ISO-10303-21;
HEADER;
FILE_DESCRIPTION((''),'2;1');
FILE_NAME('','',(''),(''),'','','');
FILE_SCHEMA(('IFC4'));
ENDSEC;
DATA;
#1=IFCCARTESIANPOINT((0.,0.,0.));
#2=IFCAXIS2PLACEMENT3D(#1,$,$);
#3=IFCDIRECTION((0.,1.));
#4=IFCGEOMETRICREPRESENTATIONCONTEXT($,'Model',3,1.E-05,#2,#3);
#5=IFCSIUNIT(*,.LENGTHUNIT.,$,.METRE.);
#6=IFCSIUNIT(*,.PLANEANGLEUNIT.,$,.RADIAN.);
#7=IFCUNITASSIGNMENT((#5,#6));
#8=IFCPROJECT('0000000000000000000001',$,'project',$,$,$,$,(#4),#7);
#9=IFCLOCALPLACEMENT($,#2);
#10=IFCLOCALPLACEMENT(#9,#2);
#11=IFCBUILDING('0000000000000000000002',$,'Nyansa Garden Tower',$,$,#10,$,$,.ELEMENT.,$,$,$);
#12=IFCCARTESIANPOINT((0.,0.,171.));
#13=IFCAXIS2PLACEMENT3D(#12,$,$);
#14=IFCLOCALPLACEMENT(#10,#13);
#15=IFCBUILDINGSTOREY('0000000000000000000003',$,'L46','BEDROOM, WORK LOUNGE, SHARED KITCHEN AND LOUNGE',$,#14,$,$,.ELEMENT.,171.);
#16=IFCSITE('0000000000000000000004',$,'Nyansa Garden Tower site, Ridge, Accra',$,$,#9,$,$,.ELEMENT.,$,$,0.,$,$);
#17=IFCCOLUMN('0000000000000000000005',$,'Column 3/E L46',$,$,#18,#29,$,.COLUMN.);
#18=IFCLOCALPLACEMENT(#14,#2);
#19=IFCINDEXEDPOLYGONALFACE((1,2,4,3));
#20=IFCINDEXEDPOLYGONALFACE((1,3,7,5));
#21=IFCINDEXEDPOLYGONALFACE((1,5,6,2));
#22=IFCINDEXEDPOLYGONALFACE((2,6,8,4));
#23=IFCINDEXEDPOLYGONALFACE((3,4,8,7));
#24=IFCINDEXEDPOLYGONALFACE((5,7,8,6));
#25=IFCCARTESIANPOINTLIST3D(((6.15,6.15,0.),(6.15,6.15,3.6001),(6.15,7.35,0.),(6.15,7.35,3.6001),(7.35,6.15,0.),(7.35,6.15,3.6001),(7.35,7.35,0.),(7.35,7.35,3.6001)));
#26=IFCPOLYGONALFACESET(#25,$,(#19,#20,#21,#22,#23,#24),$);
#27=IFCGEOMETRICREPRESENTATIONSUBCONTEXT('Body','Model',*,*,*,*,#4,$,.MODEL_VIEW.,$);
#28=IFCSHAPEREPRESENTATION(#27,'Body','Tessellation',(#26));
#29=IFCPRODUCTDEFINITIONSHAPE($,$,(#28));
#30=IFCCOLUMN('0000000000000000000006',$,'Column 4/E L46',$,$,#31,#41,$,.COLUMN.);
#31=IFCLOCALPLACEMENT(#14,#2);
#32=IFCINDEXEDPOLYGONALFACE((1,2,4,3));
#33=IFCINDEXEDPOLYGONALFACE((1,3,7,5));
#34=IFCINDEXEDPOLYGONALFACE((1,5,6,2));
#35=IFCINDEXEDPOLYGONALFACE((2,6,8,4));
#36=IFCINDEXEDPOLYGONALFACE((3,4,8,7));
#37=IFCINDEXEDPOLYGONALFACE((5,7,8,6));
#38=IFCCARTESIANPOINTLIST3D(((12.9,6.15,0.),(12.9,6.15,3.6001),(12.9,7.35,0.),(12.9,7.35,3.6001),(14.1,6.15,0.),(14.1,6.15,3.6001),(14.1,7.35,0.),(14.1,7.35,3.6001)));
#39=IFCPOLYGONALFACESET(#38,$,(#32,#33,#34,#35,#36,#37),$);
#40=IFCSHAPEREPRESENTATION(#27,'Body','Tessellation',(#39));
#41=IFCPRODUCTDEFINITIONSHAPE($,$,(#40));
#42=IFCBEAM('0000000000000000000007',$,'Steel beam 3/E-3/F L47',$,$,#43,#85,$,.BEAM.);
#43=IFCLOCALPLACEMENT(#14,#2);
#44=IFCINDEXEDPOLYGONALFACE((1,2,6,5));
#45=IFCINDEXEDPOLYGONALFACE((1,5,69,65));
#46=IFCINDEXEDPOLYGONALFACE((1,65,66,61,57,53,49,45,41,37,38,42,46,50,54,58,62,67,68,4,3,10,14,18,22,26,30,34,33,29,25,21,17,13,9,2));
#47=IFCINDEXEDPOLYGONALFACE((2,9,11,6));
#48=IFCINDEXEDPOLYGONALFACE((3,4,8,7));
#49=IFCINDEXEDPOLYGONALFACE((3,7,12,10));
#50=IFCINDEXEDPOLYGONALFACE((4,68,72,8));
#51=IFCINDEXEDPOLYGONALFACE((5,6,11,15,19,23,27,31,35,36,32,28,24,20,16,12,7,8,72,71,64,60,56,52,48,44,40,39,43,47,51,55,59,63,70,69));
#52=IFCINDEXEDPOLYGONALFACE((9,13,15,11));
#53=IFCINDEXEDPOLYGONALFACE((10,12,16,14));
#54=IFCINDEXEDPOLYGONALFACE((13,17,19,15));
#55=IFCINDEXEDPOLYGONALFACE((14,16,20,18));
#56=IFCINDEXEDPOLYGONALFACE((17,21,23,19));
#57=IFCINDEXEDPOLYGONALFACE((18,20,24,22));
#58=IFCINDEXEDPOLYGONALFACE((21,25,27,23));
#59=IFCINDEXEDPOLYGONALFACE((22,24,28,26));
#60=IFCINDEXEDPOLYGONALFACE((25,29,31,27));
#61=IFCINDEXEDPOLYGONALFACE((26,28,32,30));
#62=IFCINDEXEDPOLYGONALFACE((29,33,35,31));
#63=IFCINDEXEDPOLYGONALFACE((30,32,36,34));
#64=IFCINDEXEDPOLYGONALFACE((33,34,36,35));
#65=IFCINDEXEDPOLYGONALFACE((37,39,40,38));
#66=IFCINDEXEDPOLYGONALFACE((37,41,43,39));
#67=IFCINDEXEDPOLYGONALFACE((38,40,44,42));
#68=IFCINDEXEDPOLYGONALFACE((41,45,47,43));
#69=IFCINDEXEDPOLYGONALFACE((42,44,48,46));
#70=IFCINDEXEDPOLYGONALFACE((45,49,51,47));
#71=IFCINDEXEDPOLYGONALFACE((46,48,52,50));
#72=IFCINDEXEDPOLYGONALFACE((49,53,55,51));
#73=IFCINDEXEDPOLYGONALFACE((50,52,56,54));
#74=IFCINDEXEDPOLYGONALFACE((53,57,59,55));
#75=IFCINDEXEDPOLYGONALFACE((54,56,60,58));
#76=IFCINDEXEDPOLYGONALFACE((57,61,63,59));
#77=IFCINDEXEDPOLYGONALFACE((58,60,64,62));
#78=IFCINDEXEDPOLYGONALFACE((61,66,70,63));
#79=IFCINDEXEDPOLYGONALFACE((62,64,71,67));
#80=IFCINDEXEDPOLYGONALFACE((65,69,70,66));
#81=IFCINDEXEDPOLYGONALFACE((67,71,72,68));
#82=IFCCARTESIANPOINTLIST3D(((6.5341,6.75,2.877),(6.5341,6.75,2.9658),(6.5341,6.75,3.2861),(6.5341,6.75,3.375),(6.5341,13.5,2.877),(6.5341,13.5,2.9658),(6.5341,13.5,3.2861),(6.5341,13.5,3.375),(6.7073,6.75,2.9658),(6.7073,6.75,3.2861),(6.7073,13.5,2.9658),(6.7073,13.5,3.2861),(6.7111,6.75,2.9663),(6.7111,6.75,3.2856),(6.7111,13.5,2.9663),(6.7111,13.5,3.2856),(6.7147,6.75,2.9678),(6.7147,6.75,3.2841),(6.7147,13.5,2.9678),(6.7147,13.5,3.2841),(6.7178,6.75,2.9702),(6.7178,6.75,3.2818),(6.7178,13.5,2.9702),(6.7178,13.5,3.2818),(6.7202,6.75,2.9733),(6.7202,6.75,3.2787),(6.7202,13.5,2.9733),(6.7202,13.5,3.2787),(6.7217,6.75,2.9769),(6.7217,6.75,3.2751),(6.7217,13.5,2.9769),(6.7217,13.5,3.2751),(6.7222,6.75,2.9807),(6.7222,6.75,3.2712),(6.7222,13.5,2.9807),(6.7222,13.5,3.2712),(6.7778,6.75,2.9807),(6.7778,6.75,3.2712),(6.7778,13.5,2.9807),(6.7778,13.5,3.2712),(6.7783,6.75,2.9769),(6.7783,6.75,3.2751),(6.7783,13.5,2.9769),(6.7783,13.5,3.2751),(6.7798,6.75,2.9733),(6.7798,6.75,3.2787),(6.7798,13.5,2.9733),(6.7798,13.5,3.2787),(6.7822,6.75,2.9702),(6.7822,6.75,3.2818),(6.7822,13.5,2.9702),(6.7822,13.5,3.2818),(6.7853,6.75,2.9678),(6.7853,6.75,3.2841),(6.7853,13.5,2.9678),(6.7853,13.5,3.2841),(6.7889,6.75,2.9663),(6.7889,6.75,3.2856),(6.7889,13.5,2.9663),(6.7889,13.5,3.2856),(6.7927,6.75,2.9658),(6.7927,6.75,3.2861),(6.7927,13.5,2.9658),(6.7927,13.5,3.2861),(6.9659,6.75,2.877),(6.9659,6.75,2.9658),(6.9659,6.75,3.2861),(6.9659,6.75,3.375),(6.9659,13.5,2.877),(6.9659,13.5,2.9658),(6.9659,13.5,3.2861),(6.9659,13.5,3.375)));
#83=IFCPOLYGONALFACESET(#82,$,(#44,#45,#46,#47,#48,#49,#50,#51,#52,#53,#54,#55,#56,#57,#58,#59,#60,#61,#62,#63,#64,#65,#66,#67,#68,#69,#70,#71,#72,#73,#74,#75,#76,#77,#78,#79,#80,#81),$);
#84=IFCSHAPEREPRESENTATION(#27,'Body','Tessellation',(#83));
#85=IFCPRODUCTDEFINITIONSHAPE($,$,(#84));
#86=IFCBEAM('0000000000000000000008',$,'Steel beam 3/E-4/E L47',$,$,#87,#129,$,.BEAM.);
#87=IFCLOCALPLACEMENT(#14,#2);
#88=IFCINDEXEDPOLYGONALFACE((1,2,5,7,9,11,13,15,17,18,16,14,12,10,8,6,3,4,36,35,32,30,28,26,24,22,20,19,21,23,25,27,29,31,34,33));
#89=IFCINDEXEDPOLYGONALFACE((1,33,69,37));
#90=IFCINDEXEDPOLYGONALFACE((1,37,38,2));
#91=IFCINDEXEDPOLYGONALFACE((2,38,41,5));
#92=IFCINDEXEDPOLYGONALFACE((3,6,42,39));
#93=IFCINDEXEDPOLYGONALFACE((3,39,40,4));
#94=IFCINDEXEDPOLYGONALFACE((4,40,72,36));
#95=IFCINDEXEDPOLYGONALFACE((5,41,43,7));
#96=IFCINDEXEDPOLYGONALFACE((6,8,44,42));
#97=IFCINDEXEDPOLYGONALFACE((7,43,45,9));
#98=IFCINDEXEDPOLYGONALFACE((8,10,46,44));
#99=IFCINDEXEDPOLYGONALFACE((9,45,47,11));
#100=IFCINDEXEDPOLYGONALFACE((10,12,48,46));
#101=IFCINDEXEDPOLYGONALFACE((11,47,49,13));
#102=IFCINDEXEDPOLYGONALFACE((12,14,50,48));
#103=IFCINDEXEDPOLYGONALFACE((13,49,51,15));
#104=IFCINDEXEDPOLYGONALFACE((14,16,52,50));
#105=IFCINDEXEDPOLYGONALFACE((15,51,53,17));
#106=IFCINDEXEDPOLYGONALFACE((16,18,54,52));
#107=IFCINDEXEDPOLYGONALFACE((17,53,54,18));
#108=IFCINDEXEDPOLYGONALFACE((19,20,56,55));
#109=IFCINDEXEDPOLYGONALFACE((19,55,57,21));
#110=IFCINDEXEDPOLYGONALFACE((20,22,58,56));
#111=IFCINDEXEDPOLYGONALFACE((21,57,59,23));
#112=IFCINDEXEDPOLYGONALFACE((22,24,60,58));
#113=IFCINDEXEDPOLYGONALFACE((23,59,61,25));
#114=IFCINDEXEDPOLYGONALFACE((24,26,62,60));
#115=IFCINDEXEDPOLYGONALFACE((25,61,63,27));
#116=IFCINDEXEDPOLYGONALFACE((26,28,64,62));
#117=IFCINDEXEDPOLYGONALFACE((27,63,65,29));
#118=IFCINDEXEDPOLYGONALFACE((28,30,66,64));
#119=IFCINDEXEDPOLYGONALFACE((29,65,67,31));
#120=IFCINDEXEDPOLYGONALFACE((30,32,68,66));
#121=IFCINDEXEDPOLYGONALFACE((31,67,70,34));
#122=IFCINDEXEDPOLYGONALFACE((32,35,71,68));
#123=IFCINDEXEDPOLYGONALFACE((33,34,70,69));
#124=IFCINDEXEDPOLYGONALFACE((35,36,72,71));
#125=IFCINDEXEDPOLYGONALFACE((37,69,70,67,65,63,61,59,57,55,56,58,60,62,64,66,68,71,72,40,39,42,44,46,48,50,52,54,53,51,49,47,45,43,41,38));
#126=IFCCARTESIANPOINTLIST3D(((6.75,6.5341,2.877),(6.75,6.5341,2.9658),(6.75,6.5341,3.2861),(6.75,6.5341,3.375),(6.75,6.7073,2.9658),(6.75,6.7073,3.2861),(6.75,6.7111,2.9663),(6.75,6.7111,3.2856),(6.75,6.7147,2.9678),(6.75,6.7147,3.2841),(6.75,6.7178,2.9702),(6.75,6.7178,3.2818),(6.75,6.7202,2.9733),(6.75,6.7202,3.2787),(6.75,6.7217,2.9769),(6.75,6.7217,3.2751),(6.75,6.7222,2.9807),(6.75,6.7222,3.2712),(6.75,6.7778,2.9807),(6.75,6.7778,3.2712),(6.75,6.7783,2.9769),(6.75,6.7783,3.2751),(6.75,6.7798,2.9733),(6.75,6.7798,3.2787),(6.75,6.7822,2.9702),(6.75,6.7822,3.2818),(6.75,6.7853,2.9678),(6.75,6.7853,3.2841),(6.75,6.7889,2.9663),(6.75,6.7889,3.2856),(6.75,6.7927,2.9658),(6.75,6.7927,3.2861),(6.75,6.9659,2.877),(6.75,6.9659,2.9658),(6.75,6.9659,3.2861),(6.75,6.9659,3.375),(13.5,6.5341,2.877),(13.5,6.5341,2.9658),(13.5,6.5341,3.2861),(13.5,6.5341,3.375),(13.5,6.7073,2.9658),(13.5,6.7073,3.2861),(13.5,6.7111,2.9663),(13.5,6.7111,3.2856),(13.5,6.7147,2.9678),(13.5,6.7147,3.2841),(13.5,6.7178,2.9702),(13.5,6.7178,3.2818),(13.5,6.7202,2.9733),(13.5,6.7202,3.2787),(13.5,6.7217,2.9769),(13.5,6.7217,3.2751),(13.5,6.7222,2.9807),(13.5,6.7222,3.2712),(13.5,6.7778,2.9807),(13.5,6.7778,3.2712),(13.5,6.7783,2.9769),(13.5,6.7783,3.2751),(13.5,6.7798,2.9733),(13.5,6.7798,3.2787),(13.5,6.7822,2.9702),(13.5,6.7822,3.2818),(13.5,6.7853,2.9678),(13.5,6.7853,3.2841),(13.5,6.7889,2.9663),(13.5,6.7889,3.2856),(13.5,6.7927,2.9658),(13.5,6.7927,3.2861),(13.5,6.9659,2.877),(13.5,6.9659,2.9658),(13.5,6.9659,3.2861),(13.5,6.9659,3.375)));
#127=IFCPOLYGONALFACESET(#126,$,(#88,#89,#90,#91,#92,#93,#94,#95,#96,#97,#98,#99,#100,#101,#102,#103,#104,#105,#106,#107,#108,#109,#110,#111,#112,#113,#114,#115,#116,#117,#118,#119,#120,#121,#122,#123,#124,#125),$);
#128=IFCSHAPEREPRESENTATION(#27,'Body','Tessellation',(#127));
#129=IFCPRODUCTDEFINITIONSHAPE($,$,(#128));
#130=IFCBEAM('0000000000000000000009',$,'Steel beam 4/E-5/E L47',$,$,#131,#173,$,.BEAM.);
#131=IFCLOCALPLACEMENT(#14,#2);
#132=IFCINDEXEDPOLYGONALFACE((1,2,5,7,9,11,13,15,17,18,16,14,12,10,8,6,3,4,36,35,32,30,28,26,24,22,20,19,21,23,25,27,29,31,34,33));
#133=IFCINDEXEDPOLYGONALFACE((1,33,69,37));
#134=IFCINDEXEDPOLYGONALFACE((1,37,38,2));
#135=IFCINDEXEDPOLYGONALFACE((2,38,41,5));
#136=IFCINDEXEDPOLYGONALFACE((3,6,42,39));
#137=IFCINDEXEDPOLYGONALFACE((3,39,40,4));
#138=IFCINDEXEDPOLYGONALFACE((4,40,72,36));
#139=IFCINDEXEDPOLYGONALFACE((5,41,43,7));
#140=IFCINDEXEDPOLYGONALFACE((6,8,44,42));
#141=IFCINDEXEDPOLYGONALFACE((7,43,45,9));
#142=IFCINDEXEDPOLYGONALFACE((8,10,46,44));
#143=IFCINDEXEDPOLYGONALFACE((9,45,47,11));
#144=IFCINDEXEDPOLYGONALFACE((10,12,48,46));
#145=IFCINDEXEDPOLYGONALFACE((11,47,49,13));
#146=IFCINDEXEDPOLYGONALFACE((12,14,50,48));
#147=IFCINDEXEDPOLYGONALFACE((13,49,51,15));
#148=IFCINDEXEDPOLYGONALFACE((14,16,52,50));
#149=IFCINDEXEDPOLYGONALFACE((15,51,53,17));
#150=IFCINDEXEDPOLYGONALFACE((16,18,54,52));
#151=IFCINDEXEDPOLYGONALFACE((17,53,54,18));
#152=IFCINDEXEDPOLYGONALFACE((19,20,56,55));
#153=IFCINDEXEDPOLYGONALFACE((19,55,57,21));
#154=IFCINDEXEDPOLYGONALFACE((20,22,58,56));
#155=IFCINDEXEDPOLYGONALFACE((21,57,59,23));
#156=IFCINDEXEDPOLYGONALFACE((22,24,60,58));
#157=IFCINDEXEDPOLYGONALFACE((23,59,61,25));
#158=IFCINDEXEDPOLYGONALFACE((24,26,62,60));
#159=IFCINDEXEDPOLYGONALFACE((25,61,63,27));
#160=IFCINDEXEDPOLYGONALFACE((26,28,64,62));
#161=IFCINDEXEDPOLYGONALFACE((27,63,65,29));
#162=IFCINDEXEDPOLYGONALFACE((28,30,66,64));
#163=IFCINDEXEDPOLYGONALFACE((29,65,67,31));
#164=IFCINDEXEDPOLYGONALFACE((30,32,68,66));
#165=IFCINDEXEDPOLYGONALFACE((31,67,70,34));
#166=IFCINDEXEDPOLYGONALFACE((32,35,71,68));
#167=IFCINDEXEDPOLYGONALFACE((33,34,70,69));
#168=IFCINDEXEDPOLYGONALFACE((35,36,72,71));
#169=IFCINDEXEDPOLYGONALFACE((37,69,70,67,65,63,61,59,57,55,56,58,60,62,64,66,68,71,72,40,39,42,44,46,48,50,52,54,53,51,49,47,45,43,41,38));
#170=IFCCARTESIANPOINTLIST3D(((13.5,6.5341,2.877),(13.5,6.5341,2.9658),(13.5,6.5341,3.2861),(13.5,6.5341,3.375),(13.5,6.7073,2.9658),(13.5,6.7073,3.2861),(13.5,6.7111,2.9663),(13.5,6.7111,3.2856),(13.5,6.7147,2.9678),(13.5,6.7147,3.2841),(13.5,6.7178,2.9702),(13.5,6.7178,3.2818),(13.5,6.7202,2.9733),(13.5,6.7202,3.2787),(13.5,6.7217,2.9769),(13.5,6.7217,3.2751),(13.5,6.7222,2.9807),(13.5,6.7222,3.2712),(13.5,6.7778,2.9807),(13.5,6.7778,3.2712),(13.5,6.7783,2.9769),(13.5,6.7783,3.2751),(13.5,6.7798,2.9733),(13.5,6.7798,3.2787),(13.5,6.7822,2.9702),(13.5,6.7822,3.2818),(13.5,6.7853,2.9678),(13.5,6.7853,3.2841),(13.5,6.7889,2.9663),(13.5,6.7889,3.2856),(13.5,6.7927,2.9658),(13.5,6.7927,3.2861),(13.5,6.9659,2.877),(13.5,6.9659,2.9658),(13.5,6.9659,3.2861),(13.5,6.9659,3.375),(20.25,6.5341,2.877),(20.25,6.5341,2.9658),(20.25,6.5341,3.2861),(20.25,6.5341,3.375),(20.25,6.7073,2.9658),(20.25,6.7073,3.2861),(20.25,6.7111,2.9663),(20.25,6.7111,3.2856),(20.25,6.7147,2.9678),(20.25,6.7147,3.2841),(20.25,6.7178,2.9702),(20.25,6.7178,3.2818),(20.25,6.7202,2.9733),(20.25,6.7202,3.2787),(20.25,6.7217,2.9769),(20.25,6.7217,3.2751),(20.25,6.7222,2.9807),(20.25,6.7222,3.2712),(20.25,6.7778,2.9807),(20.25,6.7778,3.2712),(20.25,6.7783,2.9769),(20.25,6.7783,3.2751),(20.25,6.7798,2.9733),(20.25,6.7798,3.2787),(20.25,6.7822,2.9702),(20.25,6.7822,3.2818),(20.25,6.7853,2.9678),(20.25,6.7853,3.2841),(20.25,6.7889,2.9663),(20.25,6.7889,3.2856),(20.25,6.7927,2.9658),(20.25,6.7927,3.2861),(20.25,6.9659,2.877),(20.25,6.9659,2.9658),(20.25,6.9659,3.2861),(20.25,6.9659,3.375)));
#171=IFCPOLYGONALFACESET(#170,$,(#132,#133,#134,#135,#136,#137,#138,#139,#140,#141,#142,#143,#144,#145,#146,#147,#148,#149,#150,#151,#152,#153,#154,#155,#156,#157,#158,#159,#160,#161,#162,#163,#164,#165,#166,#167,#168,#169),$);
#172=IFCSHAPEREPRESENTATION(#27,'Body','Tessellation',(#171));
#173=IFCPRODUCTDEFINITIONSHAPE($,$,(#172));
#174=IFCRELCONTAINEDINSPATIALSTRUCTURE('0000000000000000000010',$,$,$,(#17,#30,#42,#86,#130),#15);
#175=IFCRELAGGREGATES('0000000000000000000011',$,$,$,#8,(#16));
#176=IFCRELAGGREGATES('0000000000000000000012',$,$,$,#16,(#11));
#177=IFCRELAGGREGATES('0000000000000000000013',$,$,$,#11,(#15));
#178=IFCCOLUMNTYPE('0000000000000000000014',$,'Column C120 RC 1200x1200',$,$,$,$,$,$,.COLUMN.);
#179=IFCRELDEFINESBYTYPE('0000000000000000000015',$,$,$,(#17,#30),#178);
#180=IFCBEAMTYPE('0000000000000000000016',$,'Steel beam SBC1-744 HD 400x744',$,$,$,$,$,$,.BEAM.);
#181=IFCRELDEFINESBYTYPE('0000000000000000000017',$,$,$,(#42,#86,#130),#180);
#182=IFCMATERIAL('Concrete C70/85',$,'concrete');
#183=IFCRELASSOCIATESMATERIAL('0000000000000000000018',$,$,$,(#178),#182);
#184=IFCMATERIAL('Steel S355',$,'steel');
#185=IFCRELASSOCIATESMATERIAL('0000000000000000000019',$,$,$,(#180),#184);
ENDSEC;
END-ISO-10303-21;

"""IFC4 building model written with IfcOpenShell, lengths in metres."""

from ifc_helpers import new_model, si_unit, direction, frame, origin, origin_2d, place, context, subcontext, project, spatial, rectangle, i_section, extrude, material, material_profile, profile_set, type_object, element, save


model = new_model("IFC4")

# Units and contexts
model_context = context("Model", 3, precision=1e-05, world=origin(), true_north=direction((0.0, 1.0)))
body_context = subcontext(model_context, "Body", "Model", "MODEL_VIEW")
ifc_project = project(units=[si_unit("LENGTHUNIT", "METRE"), si_unit("PLANEANGLEUNIT", "RADIAN")], contexts=[model_context])

# Site, building, storey
site_placement = place(None, origin())
site = spatial("IfcSite", under=ifc_project, at=site_placement, Name="Nyansa Garden Tower site, Ridge, Accra", CompositionType="ELEMENT", RefElevation=0.0)
building_placement = place(site_placement, origin())
building = spatial("IfcBuilding", under=site, at=building_placement, Name="Nyansa Garden Tower", CompositionType="ELEMENT")
storey_placement = place(building_placement, frame((0.0, 0.0, 171.0)))
storey = spatial("IfcBuildingStorey", under=building, at=storey_placement, Name="L46", Description="BEDROOM, WORK LOUNGE, SHARED KITCHEN AND LOUNGE", CompositionType="ELEMENT", Elevation=171.0)

# Columns
ifc_material_1 = material(Name="Concrete C70/85", Category="concrete")
ifc_material_profile_1 = material_profile(ifc_material_1, rectangle(XDim=1.2, YDim=1.2, at=origin_2d()), Name="RC 1200x1200")
ifc_profile_set_1 = profile_set([ifc_material_profile_1], Name="Concrete C70/85")
column_type = type_object("IfcColumnType", Name="Column C120 RC 1200x1200", PredefinedType="COLUMN", material=ifc_profile_set_1)
for number, where, z_axis, x_axis, name in (
    (1, (6.75, 6.75, 0.0), (0.0, 0.0, 1.0), (1.0, 0.0, 0.0), "Column 3/E L46"),
    (2, (13.5, 6.75, 0.0), (0.0, 0.0, 1.0), (1.0, 0.0, 0.0), "Column 4/E L46"),
):
    element("IfcColumn", number, at=place(storey_placement, frame(where, z_axis=z_axis, x_axis=x_axis)), inside=storey, type_object=column_type, Name=name, PredefinedType="COLUMN", context=body_context, shape_type="SweptSolid", body=[
        extrude(rectangle(XDim=1.2, YDim=1.2, at=origin_2d()), origin(), (0.0, 0.0, 1.0), 3.6001),
    ])

# Beams
ifc_material_2 = material(Name="Steel S355", Category="steel")
ifc_material_profile_2 = material_profile(ifc_material_2, i_section(OverallWidth=0.4319, OverallDepth=0.498, WebThickness=0.0557, FlangeThickness=0.0889, FilletRadius=0.0149, at=origin_2d()), Name="HD 400x744")
ifc_profile_set_2 = profile_set([ifc_material_profile_2], Name="Steel S355")
beam_type_1 = type_object("IfcBeamType", Name="Steel beam SBC1-744 HD 400x744", PredefinedType="BEAM", material=ifc_profile_set_2)
for number, where, z_axis, x_axis, name in (
    (3, (6.75, 6.75, 3.126), (0.0, 1.0, 0.0), (-1.0, 0.0, 0.0), "Steel beam 3/E-3/F L47"),
    (4, (6.75, 6.75, 3.126), (1.0, 0.0, 0.0), (0.0, 1.0, 0.0), "Steel beam 3/E-4/E L47"),
    (5, (13.5, 6.75, 3.126), (1.0, 0.0, 0.0), (0.0, 1.0, 0.0), "Steel beam 4/E-5/E L47"),
):
    element("IfcBeam", number, at=place(storey_placement, frame(where, z_axis=z_axis, x_axis=x_axis)), inside=storey, type_object=beam_type_1, Name=name, PredefinedType="BEAM", context=body_context, shape_type="SweptSolid", body=[
        extrude(i_section(OverallWidth=0.4319, OverallDepth=0.498, WebThickness=0.0557, FlangeThickness=0.0889, FilletRadius=0.0149, at=origin_2d()), origin(), (0.0, 0.0, 1.0), 6.75),
    ])

save(model, "model.ifc")
